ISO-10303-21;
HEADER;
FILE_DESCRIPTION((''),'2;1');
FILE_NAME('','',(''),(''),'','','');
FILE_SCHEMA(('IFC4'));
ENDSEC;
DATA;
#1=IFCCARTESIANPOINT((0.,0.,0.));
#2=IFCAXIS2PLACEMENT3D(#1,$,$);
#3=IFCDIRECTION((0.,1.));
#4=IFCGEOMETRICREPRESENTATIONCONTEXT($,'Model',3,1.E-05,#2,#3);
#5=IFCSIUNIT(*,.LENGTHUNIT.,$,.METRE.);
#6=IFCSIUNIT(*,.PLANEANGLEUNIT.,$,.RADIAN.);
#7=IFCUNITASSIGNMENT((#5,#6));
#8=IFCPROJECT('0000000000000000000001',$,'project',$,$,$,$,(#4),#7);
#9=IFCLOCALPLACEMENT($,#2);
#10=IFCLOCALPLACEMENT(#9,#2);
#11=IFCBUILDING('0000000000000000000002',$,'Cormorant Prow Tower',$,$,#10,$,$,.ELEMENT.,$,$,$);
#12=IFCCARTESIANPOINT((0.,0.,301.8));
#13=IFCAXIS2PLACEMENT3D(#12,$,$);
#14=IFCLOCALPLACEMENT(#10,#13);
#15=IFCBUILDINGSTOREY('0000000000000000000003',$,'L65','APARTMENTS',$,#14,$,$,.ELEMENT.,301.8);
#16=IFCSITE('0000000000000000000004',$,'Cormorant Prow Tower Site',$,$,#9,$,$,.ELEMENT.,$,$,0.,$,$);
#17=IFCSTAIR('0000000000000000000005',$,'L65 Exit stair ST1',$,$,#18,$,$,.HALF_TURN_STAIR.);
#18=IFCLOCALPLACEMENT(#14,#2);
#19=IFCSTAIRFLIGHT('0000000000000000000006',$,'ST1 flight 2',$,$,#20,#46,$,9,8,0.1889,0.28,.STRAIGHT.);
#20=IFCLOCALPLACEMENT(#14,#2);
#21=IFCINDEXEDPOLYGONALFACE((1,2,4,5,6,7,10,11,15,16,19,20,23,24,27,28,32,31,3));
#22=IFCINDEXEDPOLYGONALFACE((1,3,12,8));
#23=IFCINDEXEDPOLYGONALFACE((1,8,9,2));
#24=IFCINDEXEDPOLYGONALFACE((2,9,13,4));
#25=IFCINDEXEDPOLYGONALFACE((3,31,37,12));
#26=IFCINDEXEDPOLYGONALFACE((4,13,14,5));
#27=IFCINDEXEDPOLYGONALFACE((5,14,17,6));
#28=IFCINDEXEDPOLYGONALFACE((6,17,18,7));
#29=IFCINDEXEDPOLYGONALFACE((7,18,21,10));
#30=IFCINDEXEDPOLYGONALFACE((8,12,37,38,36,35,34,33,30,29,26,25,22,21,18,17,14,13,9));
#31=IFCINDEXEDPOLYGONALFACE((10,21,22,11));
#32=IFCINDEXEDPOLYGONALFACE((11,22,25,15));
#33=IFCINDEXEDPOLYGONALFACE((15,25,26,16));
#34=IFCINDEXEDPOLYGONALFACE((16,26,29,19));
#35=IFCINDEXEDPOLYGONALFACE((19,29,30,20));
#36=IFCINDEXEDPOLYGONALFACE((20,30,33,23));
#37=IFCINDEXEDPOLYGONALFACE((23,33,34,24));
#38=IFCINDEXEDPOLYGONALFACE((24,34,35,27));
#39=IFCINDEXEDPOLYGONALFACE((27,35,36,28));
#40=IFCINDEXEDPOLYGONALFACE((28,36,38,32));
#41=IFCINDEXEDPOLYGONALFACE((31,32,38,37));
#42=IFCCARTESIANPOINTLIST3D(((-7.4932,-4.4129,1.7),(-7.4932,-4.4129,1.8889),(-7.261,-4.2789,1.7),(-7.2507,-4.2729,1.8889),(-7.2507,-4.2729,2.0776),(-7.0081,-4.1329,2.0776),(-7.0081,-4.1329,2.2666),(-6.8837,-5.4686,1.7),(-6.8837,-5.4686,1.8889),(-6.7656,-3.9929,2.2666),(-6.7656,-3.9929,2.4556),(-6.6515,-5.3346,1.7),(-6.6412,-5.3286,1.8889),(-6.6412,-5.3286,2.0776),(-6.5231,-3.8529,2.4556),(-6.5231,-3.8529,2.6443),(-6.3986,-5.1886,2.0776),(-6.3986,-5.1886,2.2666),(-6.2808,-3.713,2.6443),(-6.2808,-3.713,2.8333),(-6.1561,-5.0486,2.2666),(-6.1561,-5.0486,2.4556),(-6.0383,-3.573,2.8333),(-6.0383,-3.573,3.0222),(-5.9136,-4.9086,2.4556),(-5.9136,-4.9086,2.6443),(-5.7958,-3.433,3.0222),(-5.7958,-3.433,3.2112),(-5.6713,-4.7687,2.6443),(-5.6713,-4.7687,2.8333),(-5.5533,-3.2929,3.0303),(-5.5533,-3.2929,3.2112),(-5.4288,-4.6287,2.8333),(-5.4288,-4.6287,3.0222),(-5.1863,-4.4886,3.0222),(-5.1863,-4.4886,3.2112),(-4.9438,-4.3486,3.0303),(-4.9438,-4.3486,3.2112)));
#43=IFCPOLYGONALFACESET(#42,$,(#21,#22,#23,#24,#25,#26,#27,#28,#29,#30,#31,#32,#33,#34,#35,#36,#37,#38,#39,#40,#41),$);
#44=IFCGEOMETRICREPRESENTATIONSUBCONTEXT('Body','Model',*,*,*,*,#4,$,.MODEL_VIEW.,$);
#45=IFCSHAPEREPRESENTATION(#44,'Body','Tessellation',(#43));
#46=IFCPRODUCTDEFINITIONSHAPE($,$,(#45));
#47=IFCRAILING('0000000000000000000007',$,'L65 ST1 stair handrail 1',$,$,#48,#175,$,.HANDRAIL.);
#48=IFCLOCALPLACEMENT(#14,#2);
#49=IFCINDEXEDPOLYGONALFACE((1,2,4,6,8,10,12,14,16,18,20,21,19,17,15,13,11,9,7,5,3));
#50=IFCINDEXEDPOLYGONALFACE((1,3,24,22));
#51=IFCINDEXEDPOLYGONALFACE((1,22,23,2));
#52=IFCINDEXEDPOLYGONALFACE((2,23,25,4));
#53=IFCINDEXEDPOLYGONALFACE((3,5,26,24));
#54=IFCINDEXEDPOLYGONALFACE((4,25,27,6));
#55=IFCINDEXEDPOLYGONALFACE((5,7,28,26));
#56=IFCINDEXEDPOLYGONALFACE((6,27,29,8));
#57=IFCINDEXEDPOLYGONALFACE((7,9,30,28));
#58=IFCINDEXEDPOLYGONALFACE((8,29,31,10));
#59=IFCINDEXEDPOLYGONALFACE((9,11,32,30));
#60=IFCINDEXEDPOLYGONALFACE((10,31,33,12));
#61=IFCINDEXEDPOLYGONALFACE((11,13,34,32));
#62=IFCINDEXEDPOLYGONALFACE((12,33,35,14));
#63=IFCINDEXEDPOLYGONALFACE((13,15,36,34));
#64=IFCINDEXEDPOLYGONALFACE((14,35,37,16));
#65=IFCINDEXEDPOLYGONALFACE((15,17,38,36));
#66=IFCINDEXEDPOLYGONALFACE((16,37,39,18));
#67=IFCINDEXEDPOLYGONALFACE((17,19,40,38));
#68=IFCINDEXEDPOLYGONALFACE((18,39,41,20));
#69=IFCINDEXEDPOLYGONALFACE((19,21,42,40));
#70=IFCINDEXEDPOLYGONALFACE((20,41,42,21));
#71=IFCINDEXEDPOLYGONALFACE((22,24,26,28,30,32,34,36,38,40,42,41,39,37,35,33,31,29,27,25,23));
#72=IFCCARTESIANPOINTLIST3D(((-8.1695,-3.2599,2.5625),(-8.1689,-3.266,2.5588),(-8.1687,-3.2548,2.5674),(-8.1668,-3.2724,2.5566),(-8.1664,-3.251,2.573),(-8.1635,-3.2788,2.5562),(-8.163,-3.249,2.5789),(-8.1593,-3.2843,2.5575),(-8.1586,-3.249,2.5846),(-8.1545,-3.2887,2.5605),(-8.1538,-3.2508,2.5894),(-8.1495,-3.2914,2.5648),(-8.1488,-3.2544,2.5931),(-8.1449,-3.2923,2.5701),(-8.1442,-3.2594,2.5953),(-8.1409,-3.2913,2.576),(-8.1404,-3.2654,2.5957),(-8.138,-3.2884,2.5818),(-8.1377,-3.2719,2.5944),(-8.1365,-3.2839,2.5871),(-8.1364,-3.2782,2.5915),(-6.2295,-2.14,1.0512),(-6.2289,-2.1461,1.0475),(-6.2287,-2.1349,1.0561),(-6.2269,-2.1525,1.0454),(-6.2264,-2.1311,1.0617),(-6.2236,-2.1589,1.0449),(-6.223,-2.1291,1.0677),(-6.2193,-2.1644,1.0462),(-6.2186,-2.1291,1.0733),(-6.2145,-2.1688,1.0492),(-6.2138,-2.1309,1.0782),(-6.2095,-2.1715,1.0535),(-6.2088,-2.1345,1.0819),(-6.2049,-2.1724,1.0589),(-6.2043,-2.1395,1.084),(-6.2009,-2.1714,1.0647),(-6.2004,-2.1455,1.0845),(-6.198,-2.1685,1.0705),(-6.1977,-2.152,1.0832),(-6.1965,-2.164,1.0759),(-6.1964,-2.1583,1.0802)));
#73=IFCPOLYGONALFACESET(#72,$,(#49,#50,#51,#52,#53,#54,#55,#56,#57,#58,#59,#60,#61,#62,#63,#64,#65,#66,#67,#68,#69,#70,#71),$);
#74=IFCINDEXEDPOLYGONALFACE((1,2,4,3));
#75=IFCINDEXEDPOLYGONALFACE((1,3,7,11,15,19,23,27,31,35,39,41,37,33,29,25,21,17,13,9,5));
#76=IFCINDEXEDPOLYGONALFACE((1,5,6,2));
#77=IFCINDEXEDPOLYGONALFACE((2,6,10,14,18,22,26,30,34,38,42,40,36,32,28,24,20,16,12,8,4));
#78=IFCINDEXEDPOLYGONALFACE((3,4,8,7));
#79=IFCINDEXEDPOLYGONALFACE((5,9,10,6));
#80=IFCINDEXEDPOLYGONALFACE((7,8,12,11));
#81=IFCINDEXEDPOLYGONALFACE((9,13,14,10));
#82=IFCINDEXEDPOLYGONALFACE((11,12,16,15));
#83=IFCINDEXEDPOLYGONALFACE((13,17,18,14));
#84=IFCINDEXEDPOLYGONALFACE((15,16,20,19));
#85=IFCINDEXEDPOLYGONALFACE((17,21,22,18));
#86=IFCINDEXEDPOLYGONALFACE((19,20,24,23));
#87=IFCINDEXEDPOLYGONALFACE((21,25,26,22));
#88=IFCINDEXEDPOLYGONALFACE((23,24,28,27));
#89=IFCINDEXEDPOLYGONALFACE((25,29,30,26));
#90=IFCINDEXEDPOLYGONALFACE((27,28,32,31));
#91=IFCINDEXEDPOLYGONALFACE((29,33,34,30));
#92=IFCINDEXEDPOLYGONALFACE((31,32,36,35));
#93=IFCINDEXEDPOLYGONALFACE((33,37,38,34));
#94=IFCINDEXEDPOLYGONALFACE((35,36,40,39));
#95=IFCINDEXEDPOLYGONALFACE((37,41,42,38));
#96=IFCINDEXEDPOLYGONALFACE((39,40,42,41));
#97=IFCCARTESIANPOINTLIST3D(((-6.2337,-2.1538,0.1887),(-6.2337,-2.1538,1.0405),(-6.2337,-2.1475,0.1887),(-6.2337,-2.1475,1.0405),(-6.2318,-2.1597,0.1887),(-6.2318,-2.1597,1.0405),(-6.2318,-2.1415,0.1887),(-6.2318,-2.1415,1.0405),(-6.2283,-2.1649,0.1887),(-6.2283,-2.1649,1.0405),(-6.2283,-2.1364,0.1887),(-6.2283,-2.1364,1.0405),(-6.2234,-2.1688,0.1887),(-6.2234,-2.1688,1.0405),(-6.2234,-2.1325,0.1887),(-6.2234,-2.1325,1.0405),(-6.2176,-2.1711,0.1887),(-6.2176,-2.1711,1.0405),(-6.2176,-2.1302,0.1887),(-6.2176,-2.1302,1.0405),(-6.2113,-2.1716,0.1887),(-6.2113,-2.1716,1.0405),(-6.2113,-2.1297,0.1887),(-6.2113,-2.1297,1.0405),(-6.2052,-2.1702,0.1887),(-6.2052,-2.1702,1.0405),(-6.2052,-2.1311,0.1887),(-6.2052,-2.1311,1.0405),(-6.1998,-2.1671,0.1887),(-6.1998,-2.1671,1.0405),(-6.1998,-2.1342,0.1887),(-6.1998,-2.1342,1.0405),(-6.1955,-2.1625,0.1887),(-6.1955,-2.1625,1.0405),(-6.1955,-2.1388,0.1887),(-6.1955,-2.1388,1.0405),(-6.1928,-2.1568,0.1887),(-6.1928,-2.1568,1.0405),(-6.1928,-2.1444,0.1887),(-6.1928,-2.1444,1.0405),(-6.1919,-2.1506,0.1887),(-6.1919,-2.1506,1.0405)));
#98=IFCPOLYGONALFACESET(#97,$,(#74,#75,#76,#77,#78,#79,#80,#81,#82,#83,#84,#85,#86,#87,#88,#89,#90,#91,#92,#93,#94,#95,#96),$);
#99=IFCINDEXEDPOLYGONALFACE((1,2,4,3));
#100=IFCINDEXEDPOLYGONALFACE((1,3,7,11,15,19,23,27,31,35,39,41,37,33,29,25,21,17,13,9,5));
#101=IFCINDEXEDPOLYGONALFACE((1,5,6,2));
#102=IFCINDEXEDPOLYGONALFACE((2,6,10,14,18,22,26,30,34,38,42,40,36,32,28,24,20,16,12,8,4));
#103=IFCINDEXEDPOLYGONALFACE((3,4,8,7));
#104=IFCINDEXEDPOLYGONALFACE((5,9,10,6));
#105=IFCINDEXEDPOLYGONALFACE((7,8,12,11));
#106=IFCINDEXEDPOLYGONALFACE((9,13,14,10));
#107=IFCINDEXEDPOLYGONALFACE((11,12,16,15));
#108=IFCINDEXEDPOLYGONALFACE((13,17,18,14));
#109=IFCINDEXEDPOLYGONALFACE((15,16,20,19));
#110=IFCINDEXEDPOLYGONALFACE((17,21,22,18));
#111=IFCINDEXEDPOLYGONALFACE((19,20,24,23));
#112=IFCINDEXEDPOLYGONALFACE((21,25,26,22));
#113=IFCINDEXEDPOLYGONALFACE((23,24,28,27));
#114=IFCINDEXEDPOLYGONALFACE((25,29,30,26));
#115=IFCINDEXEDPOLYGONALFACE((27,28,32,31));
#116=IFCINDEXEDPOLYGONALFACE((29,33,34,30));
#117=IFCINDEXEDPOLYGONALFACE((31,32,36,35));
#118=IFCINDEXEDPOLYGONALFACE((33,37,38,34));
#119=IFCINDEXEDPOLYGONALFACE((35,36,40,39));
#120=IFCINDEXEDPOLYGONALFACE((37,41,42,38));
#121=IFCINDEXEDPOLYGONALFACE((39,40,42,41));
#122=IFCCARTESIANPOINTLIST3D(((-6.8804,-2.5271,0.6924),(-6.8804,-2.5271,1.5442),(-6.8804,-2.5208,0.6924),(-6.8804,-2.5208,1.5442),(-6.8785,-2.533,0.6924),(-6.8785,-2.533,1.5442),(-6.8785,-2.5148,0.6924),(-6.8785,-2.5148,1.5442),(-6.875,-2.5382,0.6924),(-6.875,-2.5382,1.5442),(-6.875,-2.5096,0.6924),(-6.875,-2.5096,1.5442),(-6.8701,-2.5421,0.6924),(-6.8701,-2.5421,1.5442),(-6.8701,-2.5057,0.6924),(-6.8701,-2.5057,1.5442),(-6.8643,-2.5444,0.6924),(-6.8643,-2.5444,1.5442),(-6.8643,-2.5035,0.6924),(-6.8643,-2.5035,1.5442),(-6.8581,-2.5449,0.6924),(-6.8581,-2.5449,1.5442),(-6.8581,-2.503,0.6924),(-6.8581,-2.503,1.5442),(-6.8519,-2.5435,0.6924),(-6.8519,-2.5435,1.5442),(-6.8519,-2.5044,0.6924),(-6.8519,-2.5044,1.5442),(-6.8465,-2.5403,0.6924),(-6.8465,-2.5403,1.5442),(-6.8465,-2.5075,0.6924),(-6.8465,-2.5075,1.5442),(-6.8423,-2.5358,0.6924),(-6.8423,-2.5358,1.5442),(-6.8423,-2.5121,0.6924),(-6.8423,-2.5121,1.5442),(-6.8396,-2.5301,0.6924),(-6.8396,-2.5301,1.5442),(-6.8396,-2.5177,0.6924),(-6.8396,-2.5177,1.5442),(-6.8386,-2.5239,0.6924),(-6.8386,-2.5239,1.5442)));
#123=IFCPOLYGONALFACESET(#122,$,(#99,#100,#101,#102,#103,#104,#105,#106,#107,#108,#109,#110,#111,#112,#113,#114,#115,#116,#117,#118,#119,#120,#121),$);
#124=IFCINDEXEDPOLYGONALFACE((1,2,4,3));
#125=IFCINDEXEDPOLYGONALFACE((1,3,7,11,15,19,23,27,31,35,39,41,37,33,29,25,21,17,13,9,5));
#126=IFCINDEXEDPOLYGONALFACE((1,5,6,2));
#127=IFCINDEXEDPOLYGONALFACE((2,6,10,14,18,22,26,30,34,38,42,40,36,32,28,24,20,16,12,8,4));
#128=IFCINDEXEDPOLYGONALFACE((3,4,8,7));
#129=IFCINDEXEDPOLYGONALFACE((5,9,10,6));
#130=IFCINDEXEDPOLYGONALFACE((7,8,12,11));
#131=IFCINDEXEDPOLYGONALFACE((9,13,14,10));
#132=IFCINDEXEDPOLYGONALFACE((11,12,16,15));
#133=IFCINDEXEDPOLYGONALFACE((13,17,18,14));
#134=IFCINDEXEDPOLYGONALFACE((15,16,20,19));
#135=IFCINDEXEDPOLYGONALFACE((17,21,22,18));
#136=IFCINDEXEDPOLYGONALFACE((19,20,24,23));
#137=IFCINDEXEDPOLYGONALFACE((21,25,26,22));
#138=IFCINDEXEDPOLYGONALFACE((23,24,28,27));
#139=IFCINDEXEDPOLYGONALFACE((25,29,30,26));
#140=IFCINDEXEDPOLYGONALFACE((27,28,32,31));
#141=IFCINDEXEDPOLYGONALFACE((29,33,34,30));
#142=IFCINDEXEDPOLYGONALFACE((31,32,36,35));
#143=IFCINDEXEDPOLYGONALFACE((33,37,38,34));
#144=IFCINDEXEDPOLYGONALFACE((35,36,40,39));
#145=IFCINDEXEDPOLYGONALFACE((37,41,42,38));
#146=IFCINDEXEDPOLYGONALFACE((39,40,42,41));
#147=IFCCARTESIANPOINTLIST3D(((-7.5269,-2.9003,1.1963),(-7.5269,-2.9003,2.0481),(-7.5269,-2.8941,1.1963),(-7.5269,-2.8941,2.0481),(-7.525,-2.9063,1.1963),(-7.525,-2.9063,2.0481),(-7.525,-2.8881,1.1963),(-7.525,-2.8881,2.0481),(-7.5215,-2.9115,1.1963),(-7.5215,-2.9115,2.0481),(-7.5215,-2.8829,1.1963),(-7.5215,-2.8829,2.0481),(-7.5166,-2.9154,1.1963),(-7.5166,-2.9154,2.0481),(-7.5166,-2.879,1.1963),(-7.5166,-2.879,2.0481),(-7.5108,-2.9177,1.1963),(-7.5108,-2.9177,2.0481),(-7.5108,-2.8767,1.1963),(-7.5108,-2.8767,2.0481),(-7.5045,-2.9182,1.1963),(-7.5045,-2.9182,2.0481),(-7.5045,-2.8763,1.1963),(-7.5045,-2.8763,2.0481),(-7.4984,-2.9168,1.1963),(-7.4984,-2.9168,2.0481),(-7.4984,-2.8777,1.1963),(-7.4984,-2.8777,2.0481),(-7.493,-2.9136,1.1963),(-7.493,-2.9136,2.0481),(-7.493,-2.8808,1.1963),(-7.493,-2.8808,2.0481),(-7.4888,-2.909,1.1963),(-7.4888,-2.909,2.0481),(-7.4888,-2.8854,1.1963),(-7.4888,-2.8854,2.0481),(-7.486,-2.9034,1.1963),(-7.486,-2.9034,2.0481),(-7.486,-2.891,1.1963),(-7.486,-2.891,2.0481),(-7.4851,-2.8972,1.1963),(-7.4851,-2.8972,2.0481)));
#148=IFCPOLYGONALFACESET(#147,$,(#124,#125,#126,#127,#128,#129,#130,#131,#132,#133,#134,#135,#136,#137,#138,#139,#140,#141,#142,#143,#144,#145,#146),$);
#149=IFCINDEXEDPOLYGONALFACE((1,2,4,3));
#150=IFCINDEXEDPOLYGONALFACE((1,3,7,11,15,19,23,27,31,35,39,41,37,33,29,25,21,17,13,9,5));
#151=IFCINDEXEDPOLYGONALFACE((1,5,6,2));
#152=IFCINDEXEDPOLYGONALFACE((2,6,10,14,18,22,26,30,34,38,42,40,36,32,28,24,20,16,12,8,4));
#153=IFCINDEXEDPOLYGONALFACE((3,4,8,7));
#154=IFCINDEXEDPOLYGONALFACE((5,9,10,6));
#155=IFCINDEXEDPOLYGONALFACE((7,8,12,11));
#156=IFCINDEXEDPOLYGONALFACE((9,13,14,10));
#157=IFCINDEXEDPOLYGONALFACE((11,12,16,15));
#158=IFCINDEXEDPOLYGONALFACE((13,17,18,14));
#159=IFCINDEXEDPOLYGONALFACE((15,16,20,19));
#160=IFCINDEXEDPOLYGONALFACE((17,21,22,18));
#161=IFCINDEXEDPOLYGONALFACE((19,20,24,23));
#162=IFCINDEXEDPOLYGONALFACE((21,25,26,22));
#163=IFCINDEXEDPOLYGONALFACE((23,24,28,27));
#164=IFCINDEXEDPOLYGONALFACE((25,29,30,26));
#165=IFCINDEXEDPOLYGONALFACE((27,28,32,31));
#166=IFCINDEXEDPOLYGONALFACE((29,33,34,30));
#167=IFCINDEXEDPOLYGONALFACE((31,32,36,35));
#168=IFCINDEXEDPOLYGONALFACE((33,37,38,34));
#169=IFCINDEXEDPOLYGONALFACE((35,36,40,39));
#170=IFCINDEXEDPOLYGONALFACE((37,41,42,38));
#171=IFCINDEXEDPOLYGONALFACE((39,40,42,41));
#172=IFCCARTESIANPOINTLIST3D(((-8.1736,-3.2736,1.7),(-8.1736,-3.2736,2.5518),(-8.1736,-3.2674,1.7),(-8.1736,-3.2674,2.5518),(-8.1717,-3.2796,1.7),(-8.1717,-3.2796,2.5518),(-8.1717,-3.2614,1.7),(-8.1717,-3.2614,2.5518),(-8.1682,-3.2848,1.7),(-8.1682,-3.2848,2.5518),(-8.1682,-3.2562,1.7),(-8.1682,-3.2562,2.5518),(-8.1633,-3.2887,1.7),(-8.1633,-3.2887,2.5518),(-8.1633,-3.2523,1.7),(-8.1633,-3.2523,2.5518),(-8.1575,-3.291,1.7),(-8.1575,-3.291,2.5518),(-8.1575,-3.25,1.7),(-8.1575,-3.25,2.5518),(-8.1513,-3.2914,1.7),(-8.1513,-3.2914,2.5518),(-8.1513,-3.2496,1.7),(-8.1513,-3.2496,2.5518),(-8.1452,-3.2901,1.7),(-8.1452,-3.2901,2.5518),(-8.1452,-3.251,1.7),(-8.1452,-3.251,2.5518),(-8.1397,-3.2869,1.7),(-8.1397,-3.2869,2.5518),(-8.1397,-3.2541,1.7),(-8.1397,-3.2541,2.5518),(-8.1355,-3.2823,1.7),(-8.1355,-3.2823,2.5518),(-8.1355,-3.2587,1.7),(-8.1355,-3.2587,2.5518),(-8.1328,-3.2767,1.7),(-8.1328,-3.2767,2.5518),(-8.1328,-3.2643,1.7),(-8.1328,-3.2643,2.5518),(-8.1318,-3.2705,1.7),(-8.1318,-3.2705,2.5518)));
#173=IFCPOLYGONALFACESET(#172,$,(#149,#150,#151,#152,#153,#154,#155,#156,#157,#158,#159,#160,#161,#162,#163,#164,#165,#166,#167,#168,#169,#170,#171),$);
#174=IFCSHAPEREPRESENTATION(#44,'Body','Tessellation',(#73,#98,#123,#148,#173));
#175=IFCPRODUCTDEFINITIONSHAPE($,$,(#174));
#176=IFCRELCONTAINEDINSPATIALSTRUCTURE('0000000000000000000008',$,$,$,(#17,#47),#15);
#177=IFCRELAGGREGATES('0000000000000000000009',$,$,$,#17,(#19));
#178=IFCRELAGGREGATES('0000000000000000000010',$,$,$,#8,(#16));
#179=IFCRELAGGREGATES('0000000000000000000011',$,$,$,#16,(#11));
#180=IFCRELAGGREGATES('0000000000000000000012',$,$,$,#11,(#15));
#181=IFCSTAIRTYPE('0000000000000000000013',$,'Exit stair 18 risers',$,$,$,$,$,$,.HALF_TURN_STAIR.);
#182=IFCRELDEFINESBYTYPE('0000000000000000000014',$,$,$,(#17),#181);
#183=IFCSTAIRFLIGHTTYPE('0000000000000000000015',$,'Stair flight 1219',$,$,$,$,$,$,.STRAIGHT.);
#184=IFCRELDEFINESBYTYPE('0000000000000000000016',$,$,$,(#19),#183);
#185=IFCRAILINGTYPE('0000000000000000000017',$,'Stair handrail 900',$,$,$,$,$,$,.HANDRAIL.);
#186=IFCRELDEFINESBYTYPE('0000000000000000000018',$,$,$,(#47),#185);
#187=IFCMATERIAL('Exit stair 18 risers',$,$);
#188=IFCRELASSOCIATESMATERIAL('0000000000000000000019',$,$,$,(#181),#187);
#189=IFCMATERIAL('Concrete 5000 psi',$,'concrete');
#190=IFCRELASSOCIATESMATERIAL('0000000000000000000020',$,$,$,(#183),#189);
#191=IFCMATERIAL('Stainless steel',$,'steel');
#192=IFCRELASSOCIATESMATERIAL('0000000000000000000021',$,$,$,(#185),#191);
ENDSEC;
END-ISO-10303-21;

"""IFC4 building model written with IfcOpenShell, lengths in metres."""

from ifc_helpers import new_model, si_unit, direction, frame, origin, origin_2d, place, context, subcontext, project, spatial, polyline, circle, outline, extrude, material, type_object, element, aggregate, save


model = new_model("IFC4")

# Units and contexts
model_context = context("Model", 3, precision=1e-05, world=origin(), true_north=direction((0.0, 1.0)))
body_context = subcontext(model_context, "Body", "Model", "MODEL_VIEW")
ifc_project = project(units=[si_unit("LENGTHUNIT", "METRE"), si_unit("PLANEANGLEUNIT", "RADIAN")], contexts=[model_context])

# Site, building, storey
site_placement = place(None, origin())
site = spatial("IfcSite", under=ifc_project, at=site_placement, Name="Cormorant Prow Tower Site", CompositionType="ELEMENT", RefElevation=0.0)
building_placement = place(site_placement, origin())
building = spatial("IfcBuilding", under=site, at=building_placement, Name="Cormorant Prow Tower", CompositionType="ELEMENT")
storey_placement = place(building_placement, frame((0.0, 0.0, 301.8)))
storey = spatial("IfcBuildingStorey", under=building, at=storey_placement, Name="L65", Description="APARTMENTS", CompositionType="ELEMENT", Elevation=301.8)

# Stair, stair flight
ifc_material_1 = material(Name="Exit stair 18 risers")
stair_type = type_object("IfcStairType", Name="Exit stair 18 risers", PredefinedType="HALF_TURN_STAIR", material=ifc_material_1)
stair_placement = place(storey_placement, origin())
stair = element("IfcStair", 1, at=stair_placement, inside=storey, type_object=stair_type, Name="L65 Exit stair ST1", PredefinedType="HALF_TURN_STAIR")
ifc_material_2 = material(Name="Concrete 5000 psi", Category="concrete")
stair_flight_type = type_object("IfcStairFlightType", Name="Stair flight 1219", PredefinedType="STRAIGHT", material=ifc_material_2)
stair_flight_1_placement = place(storey_placement, frame((-7.1885, -4.9407, 1.7), z_axis=(0.0, 0.0, 1.0), x_axis=(0.866025, 0.5, 0.0)))
stair_flight_1 = element("IfcStairFlight", 2, at=stair_flight_1_placement, type_object=stair_flight_type, Name="ST1 flight 2", NumberOfRisers=9, NumberOfTreads=8, PredefinedType="STRAIGHT", RiserHeight=0.1889, TreadLength=0.28, context=body_context, shape_type="SweptSolid", body=[
    extrude(outline(polyline([(0.0, 0.0), (0.0, 0.189), (0.28, 0.189), (0.28, 0.3777), (0.5601, 0.3777), (0.5601, 0.5667), (0.8401, 0.5667), (0.8401, 0.7556), (1.1201, 0.7556), (1.1201, 0.9443), (1.3999, 0.9443), (1.3999, 1.1333), (1.6799, 1.1333), (1.6799, 1.3223), (1.96, 1.3223), (1.96, 1.5112), (2.24, 1.5112), (2.24, 1.7), (2.24, 1.3303), (0.2681, 0.0), (0.0, 0.0)])), frame((0.0, 0.6094, 0.0), z_axis=(0.0, -1.0, 0.0), x_axis=(1.0, 0.0, 0.0)), (0.0, 0.0, 1.0), 1.219),
])
aggregate(stair, [stair_flight_1])

# Railing
ifc_material_3 = material(Name="Stainless steel", Category="steel")
railing_type_1 = type_object("IfcRailingType", Name="Stair handrail 900", PredefinedType="HANDRAIL", material=ifc_material_3)
railing_1_placement = place(storey_placement, frame((-6.2129, -2.1506, 0.1887)))
element("IfcRailing", 3, at=railing_1_placement, inside=storey, type_object=railing_type_1, Name="L65 ST1 stair handrail 1", PredefinedType="HANDRAIL", context=body_context, shape_type="SweptSolid", body=[
    extrude(circle(Radius=0.0239, at=origin_2d()), frame((0.0, 0.0, 0.876), z_axis=(-0.71794, -0.414447, 0.559281), x_axis=(0.499949, -0.866055, 0.0)), (0.0, 0.0, 1.0), 2.7021),
    extrude(circle(Radius=0.021, at=origin_2d()), origin(), (0.0, 0.0, 1.0), 0.8518),
    extrude(circle(Radius=0.021, at=origin_2d()), frame((-0.6467, -0.3733, 0.5037)), (0.0, 0.0, 1.0), 0.8518),
    extrude(circle(Radius=0.021, at=origin_2d()), frame((-1.2932, -0.7466, 1.0076)), (0.0, 0.0, 1.0), 0.8518),
    extrude(circle(Radius=0.021, at=origin_2d()), frame((-1.9399, -1.1199, 1.5112)), (0.0, 0.0, 1.0), 0.8518),
])

save(model, "model.ifc")
